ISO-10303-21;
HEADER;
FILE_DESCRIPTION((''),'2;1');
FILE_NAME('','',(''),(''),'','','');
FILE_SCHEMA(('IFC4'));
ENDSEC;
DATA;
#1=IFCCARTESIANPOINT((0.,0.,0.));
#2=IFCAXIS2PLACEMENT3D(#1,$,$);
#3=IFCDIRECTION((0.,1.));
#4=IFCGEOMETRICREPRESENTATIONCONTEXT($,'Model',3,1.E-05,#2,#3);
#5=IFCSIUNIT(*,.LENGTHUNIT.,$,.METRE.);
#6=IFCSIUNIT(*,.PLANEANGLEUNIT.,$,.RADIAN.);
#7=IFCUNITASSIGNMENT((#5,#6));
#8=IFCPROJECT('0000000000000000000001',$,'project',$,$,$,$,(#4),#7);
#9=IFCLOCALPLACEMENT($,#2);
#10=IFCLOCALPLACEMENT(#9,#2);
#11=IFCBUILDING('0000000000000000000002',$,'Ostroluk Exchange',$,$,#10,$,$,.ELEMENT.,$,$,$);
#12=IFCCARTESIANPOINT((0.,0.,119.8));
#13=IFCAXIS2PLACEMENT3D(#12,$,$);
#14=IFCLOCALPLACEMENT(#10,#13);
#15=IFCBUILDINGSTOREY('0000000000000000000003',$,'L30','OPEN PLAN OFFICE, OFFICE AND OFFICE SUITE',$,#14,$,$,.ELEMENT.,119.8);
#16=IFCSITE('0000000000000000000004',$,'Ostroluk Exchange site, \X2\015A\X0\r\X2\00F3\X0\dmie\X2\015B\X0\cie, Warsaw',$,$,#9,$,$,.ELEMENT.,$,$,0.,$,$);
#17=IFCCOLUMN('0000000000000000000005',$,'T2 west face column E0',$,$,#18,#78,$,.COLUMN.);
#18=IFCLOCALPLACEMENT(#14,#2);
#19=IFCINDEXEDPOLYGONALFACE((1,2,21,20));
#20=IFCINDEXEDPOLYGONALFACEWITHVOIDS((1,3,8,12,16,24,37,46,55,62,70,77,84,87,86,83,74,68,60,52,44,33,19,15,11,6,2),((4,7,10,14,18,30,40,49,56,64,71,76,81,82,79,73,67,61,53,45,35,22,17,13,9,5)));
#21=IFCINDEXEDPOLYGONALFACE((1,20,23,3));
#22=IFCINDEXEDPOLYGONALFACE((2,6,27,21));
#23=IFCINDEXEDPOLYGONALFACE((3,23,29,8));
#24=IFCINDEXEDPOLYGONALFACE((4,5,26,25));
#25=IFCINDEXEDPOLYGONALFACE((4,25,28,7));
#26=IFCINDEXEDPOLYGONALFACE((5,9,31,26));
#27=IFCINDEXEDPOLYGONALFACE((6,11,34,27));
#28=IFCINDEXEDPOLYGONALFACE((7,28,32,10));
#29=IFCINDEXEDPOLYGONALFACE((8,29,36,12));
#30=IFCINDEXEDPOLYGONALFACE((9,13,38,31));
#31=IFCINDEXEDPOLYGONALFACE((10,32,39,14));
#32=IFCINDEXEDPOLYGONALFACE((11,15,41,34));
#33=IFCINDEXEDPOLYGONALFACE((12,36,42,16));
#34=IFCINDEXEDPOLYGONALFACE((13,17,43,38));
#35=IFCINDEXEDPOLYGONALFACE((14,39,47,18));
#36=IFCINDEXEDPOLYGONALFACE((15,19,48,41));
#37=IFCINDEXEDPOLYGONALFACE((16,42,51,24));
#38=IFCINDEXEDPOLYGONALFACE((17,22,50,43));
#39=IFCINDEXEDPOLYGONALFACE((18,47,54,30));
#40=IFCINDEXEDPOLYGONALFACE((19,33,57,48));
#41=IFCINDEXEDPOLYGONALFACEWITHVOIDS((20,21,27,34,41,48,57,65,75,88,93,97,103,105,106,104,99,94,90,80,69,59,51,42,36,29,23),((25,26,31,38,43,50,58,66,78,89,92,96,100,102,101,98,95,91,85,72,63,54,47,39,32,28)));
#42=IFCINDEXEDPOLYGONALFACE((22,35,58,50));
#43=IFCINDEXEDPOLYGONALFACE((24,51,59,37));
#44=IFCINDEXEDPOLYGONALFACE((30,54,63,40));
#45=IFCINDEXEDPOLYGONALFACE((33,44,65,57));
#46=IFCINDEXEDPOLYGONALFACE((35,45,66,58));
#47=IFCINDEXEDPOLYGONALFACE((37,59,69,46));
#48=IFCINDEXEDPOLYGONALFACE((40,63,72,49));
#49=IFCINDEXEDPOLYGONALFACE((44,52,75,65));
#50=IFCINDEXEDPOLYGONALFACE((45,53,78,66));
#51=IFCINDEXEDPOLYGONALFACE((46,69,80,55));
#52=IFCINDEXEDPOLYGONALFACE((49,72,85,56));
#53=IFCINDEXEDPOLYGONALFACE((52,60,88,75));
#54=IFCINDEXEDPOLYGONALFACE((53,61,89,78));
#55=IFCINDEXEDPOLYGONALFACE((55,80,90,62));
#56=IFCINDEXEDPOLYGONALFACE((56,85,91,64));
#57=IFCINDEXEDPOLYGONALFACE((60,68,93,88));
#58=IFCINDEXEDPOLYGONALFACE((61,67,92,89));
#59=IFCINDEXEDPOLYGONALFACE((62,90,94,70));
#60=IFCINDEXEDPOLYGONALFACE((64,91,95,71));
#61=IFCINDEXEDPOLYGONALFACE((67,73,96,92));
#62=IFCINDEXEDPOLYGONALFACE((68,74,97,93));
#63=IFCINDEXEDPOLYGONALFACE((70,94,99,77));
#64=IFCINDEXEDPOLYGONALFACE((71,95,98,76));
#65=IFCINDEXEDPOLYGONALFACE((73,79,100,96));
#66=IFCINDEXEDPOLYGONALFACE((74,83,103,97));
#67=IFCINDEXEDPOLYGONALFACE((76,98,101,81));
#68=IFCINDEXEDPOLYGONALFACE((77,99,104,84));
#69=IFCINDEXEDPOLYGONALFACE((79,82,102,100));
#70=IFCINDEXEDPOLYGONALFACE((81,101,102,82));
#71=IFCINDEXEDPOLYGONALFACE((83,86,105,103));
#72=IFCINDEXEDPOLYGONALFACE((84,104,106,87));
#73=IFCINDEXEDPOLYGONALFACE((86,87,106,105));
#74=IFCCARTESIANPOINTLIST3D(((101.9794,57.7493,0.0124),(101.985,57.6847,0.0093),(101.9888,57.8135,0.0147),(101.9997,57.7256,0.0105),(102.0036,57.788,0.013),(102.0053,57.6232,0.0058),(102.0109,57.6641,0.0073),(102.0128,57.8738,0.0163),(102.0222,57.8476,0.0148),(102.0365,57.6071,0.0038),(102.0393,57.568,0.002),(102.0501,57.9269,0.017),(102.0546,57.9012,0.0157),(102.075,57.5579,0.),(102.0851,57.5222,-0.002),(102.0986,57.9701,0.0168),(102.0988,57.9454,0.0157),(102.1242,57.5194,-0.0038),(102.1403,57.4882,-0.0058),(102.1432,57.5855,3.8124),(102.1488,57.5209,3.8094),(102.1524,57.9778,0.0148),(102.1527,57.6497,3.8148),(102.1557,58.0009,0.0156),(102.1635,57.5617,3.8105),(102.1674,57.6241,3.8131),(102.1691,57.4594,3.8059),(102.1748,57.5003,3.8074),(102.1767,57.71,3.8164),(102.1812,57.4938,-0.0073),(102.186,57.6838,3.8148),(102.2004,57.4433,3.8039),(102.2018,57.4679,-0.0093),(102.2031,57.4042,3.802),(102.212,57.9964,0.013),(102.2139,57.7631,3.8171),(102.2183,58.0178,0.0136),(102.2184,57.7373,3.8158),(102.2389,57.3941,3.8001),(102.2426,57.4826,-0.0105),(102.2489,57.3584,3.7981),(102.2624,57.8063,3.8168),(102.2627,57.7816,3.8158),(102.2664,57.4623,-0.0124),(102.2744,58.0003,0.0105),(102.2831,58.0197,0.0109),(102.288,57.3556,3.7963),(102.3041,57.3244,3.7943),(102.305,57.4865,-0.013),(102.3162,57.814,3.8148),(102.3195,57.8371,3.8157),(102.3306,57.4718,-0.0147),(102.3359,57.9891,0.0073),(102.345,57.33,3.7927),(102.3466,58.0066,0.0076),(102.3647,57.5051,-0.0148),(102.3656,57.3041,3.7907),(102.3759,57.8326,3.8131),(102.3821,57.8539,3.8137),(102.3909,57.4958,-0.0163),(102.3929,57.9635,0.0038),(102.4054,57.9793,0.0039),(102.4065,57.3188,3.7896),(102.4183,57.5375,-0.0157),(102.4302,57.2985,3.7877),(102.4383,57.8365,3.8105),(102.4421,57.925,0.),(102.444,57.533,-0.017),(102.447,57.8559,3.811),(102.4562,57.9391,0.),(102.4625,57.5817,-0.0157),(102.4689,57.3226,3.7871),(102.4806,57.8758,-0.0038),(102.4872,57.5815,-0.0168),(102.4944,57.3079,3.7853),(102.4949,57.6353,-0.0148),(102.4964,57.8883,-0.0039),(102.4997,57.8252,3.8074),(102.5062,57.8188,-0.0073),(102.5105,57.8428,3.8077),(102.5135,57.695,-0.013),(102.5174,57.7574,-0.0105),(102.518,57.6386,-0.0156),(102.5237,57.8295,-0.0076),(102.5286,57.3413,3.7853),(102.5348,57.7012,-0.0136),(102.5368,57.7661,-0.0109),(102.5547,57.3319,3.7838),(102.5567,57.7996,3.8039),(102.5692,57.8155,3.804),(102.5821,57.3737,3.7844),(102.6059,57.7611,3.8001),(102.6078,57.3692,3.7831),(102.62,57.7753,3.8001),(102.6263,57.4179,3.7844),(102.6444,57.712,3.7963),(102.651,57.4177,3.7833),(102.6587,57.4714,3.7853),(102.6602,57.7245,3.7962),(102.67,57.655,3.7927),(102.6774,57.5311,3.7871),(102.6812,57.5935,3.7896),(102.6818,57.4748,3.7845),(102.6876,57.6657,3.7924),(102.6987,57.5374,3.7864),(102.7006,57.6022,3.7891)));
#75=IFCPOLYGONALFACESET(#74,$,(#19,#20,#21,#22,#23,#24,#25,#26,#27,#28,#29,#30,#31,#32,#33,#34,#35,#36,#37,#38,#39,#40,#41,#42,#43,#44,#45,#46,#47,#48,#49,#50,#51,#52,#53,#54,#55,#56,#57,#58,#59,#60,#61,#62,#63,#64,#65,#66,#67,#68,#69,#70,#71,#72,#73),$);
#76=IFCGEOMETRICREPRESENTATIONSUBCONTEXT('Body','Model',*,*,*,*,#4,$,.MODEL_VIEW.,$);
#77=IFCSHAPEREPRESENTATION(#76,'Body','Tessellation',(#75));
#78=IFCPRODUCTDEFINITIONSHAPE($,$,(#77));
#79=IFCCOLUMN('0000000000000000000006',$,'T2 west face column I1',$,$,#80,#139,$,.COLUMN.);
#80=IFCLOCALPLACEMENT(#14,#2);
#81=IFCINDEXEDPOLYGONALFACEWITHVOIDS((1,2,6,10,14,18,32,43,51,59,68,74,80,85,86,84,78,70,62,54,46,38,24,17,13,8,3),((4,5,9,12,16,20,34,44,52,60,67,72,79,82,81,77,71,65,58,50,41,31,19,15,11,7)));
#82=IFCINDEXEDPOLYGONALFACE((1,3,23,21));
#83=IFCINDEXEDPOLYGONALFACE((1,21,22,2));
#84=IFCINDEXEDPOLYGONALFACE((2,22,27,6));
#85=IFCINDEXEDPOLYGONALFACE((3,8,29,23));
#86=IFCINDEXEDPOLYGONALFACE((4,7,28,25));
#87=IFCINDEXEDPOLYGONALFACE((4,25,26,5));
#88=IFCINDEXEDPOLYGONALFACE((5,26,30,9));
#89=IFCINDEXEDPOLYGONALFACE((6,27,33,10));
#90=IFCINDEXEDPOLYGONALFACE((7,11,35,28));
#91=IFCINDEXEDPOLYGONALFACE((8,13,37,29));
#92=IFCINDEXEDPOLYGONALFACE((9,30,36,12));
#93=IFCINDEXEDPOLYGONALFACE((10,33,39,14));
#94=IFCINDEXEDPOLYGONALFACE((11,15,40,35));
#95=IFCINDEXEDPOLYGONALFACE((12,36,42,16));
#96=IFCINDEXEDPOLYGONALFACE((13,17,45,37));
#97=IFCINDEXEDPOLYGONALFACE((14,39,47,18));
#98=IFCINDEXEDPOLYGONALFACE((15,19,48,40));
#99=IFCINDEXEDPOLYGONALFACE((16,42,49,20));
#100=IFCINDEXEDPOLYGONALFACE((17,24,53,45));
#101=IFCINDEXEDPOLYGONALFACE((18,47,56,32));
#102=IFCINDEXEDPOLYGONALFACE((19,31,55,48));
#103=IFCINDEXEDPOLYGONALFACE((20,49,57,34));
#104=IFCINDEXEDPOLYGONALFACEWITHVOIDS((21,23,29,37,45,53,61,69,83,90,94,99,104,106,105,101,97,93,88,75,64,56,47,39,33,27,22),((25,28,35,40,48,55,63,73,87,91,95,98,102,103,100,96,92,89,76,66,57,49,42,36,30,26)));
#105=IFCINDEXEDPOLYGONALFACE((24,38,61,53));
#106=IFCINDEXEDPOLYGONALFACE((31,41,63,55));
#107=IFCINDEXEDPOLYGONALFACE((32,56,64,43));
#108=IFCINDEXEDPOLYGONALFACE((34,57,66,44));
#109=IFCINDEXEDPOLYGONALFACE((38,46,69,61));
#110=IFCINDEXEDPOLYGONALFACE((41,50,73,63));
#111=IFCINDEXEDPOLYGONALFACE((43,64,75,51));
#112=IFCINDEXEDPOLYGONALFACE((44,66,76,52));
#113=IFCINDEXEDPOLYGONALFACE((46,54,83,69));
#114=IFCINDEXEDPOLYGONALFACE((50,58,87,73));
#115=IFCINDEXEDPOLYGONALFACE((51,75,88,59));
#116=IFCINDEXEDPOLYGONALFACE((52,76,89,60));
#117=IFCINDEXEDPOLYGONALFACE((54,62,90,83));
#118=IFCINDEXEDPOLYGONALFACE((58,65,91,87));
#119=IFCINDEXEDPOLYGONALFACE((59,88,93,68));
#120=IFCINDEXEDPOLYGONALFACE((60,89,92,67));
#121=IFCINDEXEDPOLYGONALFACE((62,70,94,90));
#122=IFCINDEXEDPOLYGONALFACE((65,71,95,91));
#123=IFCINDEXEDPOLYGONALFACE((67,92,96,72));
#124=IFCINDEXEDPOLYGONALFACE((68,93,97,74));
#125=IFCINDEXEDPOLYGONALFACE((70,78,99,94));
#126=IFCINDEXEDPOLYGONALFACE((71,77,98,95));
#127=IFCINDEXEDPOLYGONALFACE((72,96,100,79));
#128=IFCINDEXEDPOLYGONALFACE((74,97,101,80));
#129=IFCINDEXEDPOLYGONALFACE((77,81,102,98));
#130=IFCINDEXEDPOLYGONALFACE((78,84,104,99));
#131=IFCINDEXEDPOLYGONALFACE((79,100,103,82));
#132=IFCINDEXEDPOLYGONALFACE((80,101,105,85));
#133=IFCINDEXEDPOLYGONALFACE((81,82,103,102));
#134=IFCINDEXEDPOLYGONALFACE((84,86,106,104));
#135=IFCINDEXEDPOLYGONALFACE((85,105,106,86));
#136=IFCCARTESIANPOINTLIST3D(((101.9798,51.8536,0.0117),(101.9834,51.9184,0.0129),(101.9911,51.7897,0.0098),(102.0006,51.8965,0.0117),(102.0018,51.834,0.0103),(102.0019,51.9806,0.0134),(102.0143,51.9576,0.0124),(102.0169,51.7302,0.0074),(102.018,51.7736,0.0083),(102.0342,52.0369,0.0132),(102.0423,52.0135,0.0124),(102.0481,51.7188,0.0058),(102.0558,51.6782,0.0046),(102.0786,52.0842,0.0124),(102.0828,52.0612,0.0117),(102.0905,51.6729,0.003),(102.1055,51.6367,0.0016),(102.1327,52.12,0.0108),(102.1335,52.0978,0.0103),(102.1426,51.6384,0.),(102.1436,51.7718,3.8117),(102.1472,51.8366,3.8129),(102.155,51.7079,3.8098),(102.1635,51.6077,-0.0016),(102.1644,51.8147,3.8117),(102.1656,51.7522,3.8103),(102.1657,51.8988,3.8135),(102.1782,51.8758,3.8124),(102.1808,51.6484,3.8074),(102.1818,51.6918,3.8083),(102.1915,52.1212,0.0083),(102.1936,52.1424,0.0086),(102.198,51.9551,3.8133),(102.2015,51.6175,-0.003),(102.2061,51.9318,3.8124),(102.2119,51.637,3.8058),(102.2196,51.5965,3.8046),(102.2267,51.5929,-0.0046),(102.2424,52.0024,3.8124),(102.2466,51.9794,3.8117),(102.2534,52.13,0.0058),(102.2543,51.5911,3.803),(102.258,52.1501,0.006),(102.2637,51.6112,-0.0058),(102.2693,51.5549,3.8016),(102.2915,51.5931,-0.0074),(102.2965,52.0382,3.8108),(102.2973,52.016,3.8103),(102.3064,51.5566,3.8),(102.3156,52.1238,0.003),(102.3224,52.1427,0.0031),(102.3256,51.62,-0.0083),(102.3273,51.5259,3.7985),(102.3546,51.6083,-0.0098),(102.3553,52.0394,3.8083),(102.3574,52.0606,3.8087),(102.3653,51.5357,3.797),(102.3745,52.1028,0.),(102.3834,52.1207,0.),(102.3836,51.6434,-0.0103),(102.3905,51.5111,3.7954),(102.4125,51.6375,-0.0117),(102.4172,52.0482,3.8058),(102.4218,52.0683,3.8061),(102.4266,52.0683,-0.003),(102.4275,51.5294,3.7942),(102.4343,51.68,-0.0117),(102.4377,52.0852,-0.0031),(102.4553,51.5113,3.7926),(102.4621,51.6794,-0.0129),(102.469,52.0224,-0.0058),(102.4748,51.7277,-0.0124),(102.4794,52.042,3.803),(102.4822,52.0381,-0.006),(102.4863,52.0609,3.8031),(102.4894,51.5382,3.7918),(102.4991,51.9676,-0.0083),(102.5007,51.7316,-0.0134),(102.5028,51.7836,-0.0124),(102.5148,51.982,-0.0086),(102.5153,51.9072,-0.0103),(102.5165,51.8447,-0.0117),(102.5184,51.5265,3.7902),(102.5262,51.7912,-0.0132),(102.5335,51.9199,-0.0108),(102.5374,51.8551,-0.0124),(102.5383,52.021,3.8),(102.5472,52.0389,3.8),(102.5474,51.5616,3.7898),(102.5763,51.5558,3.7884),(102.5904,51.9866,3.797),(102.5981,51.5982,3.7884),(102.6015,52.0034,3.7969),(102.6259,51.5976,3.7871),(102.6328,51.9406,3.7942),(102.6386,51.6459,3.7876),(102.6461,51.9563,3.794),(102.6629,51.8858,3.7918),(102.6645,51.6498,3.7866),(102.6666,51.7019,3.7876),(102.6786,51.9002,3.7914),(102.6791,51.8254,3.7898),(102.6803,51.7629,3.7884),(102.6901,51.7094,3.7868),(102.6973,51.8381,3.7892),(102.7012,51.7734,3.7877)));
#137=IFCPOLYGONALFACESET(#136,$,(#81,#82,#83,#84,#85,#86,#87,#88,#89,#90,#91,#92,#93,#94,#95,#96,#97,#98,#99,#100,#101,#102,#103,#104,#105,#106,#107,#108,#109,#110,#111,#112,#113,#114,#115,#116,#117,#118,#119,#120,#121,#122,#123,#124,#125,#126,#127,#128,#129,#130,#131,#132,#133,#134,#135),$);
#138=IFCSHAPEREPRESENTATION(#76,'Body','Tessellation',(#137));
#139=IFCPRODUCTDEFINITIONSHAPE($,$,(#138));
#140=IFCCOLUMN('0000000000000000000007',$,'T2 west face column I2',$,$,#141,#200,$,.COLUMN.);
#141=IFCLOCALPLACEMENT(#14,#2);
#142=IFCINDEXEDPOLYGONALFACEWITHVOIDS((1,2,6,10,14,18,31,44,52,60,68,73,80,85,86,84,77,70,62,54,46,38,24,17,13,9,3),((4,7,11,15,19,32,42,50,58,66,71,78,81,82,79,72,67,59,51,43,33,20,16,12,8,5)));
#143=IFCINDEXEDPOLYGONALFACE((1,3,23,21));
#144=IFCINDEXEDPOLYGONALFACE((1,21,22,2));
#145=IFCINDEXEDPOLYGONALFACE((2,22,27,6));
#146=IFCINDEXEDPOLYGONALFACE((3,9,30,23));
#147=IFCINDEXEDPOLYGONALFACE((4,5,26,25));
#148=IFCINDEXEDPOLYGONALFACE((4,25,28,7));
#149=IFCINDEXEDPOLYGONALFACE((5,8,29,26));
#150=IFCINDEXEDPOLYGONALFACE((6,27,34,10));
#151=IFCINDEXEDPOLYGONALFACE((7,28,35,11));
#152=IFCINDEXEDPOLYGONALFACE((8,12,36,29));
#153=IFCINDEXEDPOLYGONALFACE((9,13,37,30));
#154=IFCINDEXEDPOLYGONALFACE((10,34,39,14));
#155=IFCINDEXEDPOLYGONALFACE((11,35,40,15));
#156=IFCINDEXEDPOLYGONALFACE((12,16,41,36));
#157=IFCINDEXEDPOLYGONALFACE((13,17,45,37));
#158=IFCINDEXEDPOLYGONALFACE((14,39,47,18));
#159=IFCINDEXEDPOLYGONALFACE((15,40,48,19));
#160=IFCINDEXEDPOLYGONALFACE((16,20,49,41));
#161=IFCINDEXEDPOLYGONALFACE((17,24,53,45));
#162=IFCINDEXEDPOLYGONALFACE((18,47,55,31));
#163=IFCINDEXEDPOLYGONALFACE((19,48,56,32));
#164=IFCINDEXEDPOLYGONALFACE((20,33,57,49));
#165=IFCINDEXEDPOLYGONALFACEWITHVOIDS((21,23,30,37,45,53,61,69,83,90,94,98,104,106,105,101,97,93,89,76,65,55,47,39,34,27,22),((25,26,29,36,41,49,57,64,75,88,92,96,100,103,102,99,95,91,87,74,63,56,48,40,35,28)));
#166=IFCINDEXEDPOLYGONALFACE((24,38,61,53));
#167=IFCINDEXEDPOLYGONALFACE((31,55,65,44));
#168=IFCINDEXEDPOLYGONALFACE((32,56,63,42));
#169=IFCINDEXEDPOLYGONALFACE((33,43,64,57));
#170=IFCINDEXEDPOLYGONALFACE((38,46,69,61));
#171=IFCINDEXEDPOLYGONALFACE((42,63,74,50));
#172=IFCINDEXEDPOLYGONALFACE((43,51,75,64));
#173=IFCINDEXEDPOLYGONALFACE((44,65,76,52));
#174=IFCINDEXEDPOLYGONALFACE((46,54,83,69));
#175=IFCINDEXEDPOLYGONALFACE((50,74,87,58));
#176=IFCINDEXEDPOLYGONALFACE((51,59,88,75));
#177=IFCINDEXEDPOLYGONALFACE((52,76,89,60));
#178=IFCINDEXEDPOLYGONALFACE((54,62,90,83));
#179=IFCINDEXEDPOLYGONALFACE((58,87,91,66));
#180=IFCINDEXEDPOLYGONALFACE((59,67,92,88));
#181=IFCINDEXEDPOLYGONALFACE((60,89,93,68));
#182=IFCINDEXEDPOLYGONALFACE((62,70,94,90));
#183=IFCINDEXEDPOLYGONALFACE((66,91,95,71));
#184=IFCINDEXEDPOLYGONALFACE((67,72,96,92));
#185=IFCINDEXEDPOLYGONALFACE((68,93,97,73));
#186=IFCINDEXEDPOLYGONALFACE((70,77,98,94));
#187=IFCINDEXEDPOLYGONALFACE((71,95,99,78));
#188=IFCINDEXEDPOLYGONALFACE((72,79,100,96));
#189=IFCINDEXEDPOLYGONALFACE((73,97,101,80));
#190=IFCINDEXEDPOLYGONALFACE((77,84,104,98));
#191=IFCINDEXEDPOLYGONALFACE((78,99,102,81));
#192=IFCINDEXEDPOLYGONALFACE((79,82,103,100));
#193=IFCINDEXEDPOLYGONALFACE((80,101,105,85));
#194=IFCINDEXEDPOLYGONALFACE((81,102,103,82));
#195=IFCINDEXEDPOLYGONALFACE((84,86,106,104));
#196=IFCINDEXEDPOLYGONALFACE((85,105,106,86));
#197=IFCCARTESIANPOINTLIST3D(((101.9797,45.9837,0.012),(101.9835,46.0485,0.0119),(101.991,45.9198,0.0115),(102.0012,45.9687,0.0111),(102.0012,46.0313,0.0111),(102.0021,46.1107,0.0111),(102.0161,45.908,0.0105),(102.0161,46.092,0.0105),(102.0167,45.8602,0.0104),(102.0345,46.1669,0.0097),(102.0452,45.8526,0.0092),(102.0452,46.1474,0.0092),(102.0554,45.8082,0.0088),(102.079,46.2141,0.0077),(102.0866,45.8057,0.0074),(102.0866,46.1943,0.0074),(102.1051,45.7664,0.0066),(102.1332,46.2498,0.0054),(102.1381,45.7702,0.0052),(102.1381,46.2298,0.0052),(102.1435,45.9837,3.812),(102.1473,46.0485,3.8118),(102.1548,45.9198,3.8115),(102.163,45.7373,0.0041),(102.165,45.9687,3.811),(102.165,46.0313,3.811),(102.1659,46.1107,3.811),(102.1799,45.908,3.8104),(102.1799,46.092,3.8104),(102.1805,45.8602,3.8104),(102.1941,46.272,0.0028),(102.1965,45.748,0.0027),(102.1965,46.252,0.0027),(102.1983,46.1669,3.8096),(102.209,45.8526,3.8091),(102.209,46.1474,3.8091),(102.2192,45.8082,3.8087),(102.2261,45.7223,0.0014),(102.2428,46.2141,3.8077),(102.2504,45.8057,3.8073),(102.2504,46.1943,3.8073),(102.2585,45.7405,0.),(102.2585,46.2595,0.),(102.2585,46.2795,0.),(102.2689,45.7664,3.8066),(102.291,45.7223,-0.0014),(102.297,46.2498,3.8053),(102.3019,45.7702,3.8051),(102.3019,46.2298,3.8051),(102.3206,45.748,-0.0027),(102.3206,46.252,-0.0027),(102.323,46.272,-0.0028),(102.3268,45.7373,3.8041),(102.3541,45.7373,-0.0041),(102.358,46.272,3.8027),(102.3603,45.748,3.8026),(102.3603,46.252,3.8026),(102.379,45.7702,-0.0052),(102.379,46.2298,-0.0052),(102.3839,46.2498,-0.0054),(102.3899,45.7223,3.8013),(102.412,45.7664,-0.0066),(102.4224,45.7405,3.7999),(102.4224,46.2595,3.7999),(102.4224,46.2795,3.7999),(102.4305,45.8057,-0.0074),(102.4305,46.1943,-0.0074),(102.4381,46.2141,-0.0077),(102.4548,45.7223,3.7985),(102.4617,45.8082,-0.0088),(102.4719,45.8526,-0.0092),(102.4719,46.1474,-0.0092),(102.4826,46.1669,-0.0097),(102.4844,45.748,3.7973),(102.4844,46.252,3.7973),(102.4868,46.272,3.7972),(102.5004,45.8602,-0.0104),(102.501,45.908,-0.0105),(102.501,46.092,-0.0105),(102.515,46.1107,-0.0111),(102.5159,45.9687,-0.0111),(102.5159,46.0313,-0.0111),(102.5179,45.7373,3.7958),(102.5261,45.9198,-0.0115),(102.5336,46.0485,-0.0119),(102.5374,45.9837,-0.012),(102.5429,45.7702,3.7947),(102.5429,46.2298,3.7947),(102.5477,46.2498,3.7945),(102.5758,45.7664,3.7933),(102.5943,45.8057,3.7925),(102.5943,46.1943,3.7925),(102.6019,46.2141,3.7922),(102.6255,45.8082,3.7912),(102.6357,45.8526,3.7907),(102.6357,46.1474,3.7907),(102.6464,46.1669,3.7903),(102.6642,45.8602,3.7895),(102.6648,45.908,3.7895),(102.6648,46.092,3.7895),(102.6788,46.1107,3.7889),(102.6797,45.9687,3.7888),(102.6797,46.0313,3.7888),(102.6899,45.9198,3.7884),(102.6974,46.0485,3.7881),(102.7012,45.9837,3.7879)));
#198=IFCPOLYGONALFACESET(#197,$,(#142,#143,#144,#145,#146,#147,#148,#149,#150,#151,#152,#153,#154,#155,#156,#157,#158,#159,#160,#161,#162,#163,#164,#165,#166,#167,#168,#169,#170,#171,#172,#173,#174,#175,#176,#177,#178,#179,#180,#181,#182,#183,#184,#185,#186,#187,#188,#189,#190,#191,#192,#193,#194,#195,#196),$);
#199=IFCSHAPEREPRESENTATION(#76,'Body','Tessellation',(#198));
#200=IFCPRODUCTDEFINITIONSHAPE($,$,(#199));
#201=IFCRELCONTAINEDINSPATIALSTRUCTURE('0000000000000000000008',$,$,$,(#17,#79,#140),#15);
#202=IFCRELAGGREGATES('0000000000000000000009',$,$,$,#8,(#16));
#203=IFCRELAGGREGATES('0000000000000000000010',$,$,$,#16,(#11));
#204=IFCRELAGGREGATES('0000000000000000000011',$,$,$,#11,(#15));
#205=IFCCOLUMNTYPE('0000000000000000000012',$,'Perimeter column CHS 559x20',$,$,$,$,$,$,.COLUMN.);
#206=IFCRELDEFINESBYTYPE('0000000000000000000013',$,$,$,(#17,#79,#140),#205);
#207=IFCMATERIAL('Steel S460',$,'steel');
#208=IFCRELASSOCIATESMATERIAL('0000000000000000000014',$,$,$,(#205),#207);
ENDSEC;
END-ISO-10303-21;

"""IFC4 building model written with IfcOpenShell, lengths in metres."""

from ifc_helpers import new_model, si_unit, direction, frame, origin, origin_2d, place, context, subcontext, project, spatial, hollow_circle, extrude, material, material_profile, profile_set, type_object, element, save


model = new_model("IFC4")

# Units and contexts
model_context = context("Model", 3, precision=1e-05, world=origin(), true_north=direction((0.0, 1.0)))
body_context = subcontext(model_context, "Body", "Model", "MODEL_VIEW")
ifc_project = project(units=[si_unit("LENGTHUNIT", "METRE"), si_unit("PLANEANGLEUNIT", "RADIAN")], contexts=[model_context])

# Site, building, storey
site_placement = place(None, origin())
site = spatial("IfcSite", under=ifc_project, at=site_placement, Name="Ostroluk Exchange site, Śródmieście, Warsaw", CompositionType="ELEMENT", RefElevation=0.0)
building_placement = place(site_placement, origin())
building = spatial("IfcBuilding", under=site, at=building_placement, Name="Ostroluk Exchange", CompositionType="ELEMENT")
storey_placement = place(building_placement, frame((0.0, 0.0, 119.8)))
storey = spatial("IfcBuildingStorey", under=building, at=storey_placement, Name="L30", Description="OPEN PLAN OFFICE, OFFICE AND OFFICE SUITE", CompositionType="ELEMENT", Elevation=119.8)

# Columns
ifc_material_1 = material(Name="Steel S460", Category="steel")
ifc_material_profile_1 = material_profile(ifc_material_1, hollow_circle(Radius=0.2795, WallThickness=0.02, at=origin_2d()), Name="CHS 559x20")
ifc_profile_set_1 = profile_set([ifc_material_profile_1], Name="Steel S460")
column_type_1 = type_object("IfcColumnType", Name="Perimeter column CHS 559x20", PredefinedType="COLUMN", material=ifc_profile_set_1)
column_1_placement = place(storey_placement, frame((102.2585, 57.7415, 0.0), z_axis=(0.04303, -0.04303, 0.998147), x_axis=(0.707107, 0.707107, 0.0)))
element("IfcColumn", 1, at=column_1_placement, inside=storey, type_object=column_type_1, Name="T2 west face column E0", PredefinedType="COLUMN", context=body_context, shape_type="SweptSolid", body=[
    extrude(hollow_circle(Radius=0.2795, WallThickness=0.02, at=origin_2d()), origin(), (0.0, 0.0, 1.0), 3.8071),
])
column_2_placement = place(storey_placement, frame((102.2585, 51.8706, 0.0), z_axis=(0.04306, -0.021498, 0.998841), x_axis=(0.44668, 0.894694, 0.0)))
element("IfcColumn", 2, at=column_2_placement, inside=storey, type_object=column_type_1, Name="T2 west face column I1", PredefinedType="COLUMN", context=body_context, shape_type="SweptSolid", body=[
    extrude(hollow_circle(Radius=0.2795, WallThickness=0.02, at=origin_2d()), origin(), (0.0, 0.0, 1.0), 3.8044),
])
column_3_placement = place(storey_placement, frame((102.2585, 46.0, 0.0), z_axis=(0.04307, 0.0, 0.999072), x_axis=(0.0, 1.0, 0.0)))
element("IfcColumn", 3, at=column_3_placement, inside=storey, type_object=column_type_1, Name="T2 west face column I2", PredefinedType="COLUMN", context=body_context, shape_type="SweptSolid", body=[
    extrude(hollow_circle(Radius=0.2795, WallThickness=0.02, at=origin_2d()), origin(), (0.0, 0.0, 1.0), 3.8035),
])

save(model, "model.ifc")
